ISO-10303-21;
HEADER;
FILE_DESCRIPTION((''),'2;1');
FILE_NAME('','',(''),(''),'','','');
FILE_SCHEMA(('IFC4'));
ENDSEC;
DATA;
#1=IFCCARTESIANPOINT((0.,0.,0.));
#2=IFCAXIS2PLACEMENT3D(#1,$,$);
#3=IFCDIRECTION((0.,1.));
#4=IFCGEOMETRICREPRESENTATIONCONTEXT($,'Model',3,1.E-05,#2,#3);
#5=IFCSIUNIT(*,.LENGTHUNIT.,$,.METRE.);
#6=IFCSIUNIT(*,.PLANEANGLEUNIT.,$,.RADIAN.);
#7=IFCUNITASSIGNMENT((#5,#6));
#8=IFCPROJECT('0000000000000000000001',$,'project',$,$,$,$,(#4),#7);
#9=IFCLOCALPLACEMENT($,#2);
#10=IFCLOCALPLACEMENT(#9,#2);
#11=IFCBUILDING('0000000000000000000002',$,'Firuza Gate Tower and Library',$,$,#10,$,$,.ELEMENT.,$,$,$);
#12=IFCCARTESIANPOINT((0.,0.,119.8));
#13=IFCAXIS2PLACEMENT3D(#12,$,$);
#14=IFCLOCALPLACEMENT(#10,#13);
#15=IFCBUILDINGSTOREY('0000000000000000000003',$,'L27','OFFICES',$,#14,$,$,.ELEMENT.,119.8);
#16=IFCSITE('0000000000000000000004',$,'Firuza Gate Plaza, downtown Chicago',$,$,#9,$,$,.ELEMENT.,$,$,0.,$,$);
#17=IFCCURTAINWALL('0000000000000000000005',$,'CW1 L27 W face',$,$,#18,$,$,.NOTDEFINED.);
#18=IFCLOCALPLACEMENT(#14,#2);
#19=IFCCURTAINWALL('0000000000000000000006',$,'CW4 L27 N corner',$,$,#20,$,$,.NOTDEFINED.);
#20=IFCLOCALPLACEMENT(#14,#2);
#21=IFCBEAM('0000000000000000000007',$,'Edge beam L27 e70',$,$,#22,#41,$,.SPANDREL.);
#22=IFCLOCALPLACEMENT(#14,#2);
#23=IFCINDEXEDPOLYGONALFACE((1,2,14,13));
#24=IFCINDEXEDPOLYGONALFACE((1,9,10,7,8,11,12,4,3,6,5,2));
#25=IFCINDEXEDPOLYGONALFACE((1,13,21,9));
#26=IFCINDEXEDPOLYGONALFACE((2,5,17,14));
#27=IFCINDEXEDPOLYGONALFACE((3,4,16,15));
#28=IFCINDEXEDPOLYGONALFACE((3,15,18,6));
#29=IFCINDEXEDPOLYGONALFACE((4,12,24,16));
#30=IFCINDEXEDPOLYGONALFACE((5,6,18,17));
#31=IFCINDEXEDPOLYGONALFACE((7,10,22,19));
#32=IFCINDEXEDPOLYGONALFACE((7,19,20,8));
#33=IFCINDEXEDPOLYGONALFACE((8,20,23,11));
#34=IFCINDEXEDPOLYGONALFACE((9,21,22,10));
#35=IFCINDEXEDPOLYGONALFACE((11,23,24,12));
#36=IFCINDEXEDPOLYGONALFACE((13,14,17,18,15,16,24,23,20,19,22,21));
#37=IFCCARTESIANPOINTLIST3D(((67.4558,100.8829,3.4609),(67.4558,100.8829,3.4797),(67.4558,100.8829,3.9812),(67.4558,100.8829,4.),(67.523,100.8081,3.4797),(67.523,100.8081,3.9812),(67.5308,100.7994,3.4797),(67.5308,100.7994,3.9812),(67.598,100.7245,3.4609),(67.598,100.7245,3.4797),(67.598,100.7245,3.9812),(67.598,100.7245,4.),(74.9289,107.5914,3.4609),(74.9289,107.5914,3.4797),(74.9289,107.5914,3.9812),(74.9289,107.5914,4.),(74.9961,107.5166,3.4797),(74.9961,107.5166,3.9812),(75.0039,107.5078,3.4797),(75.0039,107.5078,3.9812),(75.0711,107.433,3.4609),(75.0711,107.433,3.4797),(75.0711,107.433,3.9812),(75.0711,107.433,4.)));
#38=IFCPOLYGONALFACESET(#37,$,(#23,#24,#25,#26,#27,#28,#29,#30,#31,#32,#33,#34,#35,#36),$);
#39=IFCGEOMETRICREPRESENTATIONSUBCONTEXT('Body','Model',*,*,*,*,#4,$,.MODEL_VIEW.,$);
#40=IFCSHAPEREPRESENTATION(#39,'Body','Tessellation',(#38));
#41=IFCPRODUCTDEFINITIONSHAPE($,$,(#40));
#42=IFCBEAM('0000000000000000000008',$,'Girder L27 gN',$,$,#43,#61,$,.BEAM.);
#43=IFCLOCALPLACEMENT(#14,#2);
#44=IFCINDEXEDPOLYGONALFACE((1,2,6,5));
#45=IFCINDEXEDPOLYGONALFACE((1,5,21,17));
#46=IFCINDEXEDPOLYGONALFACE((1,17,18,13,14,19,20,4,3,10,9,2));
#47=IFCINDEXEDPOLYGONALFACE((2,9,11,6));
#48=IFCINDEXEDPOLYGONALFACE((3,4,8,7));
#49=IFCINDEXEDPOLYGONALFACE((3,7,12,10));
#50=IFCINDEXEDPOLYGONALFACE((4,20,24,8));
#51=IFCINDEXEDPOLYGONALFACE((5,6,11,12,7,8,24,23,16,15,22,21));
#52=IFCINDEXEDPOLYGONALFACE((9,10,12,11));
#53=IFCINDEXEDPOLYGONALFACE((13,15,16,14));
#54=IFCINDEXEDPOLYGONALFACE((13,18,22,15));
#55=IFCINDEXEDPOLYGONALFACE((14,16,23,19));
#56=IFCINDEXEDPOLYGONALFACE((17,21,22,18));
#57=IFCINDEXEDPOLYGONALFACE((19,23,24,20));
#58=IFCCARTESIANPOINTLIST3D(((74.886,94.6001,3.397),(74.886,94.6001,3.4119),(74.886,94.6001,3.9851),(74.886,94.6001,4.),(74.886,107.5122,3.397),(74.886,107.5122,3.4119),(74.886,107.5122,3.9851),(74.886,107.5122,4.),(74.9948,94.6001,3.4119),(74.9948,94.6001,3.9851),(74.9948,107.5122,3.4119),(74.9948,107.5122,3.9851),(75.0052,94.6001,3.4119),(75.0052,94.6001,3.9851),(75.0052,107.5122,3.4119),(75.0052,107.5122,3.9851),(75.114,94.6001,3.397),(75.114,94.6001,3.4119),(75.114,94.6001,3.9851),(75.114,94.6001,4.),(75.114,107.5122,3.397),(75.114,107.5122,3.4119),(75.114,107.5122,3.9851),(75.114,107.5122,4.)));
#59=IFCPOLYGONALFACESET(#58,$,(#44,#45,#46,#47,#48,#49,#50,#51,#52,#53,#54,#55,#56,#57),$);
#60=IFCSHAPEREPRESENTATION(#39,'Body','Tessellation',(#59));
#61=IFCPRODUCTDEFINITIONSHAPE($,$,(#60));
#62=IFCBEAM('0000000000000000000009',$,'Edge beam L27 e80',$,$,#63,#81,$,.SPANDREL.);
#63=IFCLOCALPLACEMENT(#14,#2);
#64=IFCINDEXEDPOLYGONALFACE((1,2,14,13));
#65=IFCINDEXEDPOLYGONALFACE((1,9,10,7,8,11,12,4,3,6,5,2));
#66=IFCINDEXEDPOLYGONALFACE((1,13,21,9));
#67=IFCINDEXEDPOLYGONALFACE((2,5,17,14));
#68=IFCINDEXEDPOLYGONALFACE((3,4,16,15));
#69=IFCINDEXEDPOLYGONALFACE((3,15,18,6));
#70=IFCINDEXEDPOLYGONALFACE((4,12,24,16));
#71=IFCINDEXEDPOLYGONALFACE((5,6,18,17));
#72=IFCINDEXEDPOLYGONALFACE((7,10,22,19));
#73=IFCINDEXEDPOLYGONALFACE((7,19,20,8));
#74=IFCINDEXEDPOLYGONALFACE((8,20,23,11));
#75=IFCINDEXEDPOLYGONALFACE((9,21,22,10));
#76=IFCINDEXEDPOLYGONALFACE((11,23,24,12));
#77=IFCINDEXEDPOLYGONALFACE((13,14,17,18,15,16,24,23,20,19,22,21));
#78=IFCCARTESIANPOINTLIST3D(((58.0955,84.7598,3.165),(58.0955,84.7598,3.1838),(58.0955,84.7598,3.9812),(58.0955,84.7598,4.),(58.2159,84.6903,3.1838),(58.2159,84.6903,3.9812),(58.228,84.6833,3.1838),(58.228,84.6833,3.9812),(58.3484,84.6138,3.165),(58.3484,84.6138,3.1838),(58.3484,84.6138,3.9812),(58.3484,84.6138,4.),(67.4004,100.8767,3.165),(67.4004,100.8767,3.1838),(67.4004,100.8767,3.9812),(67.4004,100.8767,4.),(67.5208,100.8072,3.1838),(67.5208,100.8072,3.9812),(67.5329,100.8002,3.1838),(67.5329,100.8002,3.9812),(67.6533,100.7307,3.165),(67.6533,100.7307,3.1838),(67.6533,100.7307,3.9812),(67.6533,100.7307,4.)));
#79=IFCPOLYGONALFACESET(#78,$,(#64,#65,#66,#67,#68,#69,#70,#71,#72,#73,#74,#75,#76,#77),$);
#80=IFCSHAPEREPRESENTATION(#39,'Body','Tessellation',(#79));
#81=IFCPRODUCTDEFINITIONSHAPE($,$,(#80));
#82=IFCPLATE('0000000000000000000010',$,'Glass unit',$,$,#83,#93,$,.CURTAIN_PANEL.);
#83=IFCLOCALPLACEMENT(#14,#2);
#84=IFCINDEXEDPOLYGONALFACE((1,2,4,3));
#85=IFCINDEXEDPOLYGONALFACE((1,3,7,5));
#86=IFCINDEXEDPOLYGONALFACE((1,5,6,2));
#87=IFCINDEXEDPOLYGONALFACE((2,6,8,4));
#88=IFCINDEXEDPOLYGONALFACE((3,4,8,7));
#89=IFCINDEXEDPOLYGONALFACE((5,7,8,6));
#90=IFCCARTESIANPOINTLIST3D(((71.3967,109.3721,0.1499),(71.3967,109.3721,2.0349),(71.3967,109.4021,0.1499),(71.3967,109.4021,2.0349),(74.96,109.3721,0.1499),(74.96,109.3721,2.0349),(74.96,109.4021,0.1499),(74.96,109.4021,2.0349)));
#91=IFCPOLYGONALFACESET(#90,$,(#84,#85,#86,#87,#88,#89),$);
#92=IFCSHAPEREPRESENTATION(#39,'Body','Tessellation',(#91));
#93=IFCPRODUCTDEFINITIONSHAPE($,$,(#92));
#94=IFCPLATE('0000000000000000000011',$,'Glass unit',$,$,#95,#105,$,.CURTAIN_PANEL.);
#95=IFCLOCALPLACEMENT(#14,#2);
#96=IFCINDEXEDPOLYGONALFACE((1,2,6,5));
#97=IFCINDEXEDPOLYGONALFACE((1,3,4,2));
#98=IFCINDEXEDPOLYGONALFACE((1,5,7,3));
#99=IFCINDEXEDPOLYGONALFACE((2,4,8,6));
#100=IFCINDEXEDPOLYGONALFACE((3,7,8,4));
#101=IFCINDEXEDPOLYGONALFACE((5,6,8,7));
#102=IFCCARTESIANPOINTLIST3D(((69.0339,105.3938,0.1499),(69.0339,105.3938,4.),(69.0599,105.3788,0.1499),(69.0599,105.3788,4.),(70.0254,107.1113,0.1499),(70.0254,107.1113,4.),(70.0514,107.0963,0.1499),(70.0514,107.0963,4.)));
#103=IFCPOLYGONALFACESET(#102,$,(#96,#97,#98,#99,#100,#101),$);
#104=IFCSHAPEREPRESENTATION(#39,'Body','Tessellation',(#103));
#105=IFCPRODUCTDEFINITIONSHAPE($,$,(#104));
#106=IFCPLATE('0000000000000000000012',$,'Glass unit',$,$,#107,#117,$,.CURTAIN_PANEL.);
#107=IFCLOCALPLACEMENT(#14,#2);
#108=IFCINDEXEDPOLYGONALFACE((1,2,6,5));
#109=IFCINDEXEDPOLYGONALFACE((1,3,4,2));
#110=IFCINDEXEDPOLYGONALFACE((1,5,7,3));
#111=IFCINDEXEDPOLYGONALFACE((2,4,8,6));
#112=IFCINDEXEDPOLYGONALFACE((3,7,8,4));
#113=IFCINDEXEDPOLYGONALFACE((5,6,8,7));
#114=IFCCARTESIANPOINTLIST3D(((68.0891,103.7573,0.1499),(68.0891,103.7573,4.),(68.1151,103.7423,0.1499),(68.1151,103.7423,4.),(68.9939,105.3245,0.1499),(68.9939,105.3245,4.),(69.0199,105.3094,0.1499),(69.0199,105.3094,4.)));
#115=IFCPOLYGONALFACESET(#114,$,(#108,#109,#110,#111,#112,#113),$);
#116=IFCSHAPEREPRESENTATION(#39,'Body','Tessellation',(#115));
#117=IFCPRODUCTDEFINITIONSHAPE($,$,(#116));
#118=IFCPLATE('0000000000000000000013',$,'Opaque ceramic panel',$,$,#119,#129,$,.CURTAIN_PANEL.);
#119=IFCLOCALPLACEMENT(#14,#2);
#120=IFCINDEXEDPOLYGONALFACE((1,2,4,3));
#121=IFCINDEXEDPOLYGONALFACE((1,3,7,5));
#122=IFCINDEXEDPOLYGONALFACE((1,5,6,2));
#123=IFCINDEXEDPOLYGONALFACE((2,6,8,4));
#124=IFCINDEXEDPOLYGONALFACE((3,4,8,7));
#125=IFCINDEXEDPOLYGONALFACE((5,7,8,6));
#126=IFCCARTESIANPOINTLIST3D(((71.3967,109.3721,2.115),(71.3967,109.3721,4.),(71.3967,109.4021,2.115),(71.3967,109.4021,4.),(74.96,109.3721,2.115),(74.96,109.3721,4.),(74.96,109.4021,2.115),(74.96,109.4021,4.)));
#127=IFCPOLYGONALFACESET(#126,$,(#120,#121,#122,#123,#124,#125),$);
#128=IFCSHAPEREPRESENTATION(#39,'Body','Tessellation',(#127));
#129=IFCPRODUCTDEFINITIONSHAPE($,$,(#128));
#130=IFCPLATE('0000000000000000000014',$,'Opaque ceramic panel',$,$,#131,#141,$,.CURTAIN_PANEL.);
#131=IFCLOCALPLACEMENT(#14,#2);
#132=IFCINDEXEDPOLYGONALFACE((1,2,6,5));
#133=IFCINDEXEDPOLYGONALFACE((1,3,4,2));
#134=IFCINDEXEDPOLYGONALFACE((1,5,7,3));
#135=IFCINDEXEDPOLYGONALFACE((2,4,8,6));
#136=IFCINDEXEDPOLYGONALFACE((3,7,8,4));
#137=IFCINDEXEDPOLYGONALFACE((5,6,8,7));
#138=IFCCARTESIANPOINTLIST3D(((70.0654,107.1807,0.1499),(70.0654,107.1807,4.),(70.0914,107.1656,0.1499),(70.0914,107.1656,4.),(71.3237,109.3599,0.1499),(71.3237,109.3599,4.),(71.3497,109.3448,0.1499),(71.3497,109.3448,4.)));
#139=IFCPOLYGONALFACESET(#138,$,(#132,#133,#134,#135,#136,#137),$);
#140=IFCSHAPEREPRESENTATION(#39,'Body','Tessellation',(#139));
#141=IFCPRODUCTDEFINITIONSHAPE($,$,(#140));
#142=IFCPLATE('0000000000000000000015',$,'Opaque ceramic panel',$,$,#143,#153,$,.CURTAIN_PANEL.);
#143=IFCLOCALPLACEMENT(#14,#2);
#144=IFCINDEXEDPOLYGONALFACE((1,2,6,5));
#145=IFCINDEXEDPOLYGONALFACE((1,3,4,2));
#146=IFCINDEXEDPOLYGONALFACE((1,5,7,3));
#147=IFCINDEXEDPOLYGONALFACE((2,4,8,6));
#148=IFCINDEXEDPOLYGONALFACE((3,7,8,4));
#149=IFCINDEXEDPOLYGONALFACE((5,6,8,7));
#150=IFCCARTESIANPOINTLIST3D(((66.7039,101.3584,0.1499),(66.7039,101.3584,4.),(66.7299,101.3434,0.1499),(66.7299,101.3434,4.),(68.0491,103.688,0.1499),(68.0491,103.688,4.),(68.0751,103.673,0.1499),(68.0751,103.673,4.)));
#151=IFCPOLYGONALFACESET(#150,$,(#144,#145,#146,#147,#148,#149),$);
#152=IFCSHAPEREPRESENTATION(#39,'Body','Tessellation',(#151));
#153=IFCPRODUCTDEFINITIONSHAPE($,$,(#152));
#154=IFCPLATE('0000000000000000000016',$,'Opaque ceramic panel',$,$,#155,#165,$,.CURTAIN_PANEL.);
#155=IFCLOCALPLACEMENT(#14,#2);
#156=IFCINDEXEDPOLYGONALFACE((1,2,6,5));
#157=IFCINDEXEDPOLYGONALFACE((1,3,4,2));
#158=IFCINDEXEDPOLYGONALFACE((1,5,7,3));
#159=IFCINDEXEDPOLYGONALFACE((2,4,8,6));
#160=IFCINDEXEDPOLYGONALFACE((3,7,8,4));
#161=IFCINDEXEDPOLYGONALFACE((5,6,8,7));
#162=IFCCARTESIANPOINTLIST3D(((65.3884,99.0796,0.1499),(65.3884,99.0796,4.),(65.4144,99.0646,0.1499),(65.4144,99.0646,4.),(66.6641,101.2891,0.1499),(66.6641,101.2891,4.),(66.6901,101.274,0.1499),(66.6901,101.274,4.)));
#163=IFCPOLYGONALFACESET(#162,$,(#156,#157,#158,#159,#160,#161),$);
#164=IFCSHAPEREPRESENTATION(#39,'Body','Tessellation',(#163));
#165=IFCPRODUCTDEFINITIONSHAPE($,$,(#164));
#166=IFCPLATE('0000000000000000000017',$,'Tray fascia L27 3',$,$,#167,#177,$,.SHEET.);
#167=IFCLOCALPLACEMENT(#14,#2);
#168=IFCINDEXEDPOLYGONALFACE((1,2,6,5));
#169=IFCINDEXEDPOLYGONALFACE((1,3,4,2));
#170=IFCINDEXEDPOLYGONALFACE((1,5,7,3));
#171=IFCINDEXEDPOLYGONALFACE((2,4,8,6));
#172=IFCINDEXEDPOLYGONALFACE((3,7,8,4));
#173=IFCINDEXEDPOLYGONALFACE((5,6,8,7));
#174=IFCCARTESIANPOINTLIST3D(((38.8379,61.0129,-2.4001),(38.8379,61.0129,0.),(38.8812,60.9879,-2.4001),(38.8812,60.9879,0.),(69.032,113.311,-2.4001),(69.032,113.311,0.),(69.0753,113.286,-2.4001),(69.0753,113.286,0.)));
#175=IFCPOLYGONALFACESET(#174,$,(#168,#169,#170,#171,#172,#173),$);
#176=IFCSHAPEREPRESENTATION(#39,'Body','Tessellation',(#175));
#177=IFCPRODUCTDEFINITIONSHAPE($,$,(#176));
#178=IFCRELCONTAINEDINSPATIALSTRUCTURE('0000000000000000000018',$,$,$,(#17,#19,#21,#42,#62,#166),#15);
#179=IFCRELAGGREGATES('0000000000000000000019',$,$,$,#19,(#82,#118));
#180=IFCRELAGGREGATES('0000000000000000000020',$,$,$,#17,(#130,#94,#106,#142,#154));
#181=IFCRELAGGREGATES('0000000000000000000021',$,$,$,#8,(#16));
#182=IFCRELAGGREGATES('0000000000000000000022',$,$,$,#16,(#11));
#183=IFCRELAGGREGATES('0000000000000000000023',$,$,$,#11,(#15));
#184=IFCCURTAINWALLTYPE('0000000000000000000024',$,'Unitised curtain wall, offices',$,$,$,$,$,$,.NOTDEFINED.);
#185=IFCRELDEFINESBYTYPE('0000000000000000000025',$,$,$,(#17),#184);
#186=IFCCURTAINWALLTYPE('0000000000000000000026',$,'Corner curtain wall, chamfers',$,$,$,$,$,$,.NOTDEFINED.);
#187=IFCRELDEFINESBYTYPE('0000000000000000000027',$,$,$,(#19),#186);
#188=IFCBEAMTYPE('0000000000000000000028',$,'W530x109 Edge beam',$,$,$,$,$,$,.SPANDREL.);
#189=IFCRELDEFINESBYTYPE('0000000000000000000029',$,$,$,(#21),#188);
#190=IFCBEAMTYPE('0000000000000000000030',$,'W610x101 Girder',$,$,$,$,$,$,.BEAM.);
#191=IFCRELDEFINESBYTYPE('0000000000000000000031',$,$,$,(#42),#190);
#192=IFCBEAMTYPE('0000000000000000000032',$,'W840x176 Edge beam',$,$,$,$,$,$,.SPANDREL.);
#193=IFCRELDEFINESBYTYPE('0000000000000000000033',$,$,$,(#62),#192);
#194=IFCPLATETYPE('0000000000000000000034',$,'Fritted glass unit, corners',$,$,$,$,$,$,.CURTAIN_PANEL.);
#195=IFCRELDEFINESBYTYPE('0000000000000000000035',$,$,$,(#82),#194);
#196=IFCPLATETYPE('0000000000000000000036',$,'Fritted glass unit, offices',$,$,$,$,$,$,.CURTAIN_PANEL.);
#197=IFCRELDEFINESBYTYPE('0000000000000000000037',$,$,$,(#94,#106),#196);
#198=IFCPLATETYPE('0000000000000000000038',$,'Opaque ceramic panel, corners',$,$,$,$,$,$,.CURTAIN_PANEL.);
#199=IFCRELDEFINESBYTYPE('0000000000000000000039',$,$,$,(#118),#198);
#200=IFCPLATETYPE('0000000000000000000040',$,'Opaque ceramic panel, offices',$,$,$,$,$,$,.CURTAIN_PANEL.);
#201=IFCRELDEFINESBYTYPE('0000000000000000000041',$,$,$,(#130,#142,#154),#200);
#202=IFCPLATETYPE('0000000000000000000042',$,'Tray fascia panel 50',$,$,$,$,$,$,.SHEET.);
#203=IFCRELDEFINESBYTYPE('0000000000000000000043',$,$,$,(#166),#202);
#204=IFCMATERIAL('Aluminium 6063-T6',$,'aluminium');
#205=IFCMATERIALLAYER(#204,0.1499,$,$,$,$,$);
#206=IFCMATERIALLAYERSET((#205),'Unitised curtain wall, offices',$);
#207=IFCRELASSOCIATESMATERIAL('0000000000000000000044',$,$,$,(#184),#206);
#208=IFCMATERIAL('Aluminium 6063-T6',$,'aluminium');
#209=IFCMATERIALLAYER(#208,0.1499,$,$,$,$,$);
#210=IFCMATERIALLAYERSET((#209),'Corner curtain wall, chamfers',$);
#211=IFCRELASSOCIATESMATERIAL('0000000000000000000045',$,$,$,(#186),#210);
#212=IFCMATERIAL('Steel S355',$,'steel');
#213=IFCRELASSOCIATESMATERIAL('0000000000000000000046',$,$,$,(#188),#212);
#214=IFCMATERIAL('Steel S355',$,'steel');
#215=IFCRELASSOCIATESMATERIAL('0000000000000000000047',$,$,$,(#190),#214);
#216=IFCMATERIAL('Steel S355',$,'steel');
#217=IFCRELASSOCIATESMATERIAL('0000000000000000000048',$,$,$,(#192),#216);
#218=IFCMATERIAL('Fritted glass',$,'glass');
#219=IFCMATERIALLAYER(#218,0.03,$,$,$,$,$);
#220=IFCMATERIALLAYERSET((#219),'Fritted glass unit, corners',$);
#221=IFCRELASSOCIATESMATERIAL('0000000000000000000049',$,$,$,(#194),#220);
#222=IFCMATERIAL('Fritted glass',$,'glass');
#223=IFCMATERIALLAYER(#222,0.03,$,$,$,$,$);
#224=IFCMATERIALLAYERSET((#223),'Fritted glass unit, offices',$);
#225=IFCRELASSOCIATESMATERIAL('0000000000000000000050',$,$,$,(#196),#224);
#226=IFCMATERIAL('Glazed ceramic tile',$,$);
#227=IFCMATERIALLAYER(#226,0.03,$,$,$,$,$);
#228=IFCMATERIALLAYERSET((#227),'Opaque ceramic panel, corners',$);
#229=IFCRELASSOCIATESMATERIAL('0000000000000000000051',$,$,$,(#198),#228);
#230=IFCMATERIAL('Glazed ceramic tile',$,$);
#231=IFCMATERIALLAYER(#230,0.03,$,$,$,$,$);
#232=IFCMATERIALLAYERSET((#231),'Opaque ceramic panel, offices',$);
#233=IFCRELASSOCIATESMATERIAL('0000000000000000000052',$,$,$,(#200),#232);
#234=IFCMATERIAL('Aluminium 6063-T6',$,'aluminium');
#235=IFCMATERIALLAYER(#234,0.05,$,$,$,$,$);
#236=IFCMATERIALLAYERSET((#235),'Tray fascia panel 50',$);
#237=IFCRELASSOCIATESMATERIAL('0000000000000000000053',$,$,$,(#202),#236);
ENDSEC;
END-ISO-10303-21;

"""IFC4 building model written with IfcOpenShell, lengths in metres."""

from ifc_helpers import new_model, si_unit, direction, frame, origin, origin_2d, place, context, subcontext, project, spatial, polyline, i_section, outline, extrude, material, layer, layer_set, material_profile, profile_set, type_object, element, aggregate, save


model = new_model("IFC4")

# Units and contexts
model_context = context("Model", 3, precision=1e-05, world=origin(), true_north=direction((0.0, 1.0)))
body_context = subcontext(model_context, "Body", "Model", "MODEL_VIEW")
ifc_project = project(units=[si_unit("LENGTHUNIT", "METRE"), si_unit("PLANEANGLEUNIT", "RADIAN")], contexts=[model_context])

# Site, building, storey
site_placement = place(None, origin())
site = spatial("IfcSite", under=ifc_project, at=site_placement, Name="Firuza Gate Plaza, downtown Chicago", CompositionType="ELEMENT", RefElevation=0.0)
building_placement = place(site_placement, origin())
building = spatial("IfcBuilding", under=site, at=building_placement, Name="Firuza Gate Tower and Library", CompositionType="ELEMENT")
storey_placement = place(building_placement, frame((0.0, 0.0, 119.8)))
storey = spatial("IfcBuildingStorey", under=building, at=storey_placement, Name="L27", Description="OFFICES", CompositionType="ELEMENT", Elevation=119.8)

# Curtain wall
ifc_material_1 = material(Name="Aluminium 6063-T6", Category="aluminium")
ifc_layer_1 = layer(ifc_material_1, 0.1499)
ifc_layer_set_1 = layer_set([ifc_layer_1], Name="Unitised curtain wall, offices")
curtain_wall_type_1 = type_object("IfcCurtainWallType", Name="Unitised curtain wall, offices", PredefinedType="NOTDEFINED", material=ifc_layer_set_1)
placement = place(storey_placement, origin())
curtain_wall_1 = element("IfcCurtainWall", 1, at=placement, inside=storey, type_object=curtain_wall_type_1, Name="CW1 L27 W face", PredefinedType="NOTDEFINED")

# Curtain wall
ifc_material_2 = material(Name="Aluminium 6063-T6", Category="aluminium")
ifc_layer_2 = layer(ifc_material_2, 0.1499)
ifc_layer_set_2 = layer_set([ifc_layer_2], Name="Corner curtain wall, chamfers")
curtain_wall_type_2 = type_object("IfcCurtainWallType", Name="Corner curtain wall, chamfers", PredefinedType="NOTDEFINED", material=ifc_layer_set_2)
curtain_wall_2 = element("IfcCurtainWall", 2, at=placement, inside=storey, type_object=curtain_wall_type_2, Name="CW4 L27 N corner", PredefinedType="NOTDEFINED")

# Beams
ifc_material_3 = material(Name="Steel S355", Category="steel")
ifc_material_profile_1 = material_profile(ifc_material_3, i_section(OverallWidth=0.2129, OverallDepth=0.5391, WebThickness=0.0117, FlangeThickness=0.0188, at=origin_2d()))
ifc_profile_set_1 = profile_set([ifc_material_profile_1], Name="Steel S355")
beam_type_1 = type_object("IfcBeamType", Name="W530x109 Edge beam", PredefinedType="SPANDREL", material=ifc_profile_set_1)
beam_1_placement = place(storey_placement, frame((75.0, 107.5122, 3.7305), z_axis=(-0.744152, -0.668011, 0.0), x_axis=(0.668011, -0.744152, 0.0)))
element("IfcBeam", 3, at=beam_1_placement, inside=storey, type_object=beam_type_1, Name="Edge beam L27 e70", PredefinedType="SPANDREL", context=body_context, shape_type="SweptSolid", body=[
    extrude(i_section(OverallWidth=0.2129, OverallDepth=0.5391, WebThickness=0.0117, FlangeThickness=0.0188, at=origin_2d()), origin(), (0.0, 0.0, 1.0), 10.0425),
])
ifc_material_4 = material(Name="Steel S355", Category="steel")
ifc_material_profile_2 = material_profile(ifc_material_4, i_section(OverallWidth=0.228, OverallDepth=0.603, WebThickness=0.0105, FlangeThickness=0.0149, at=origin_2d()))
ifc_profile_set_2 = profile_set([ifc_material_profile_2], Name="Steel S355")
beam_type_2 = type_object("IfcBeamType", Name="W610x101 Girder", PredefinedType="BEAM", material=ifc_profile_set_2)
beam_2_placement = place(storey_placement, frame((75.0, 107.5122, 3.6985), z_axis=(0.0, -1.0, 0.0), x_axis=(1.0, 0.0, 0.0)))
element("IfcBeam", 4, at=beam_2_placement, inside=storey, type_object=beam_type_2, Name="Girder L27 gN", PredefinedType="BEAM", context=body_context, shape_type="SweptSolid", body=[
    extrude(i_section(OverallWidth=0.228, OverallDepth=0.603, WebThickness=0.0105, FlangeThickness=0.0149, at=origin_2d()), origin(), (0.0, 0.0, 1.0), 12.9121),
])
ifc_material_5 = material(Name="Steel S355", Category="steel")
ifc_material_profile_3 = material_profile(ifc_material_5, i_section(OverallWidth=0.292, OverallDepth=0.835, WebThickness=0.0139, FlangeThickness=0.0188, at=origin_2d()))
ifc_profile_set_3 = profile_set([ifc_material_profile_3], Name="Steel S355")
beam_type_3 = type_object("IfcBeamType", Name="W840x176 Edge beam", PredefinedType="SPANDREL", material=ifc_profile_set_3)
beam_3_placement = place(storey_placement, frame((67.5269, 100.8037, 3.5825), z_axis=(-0.499992, -0.86603, 0.0), x_axis=(0.86603, -0.499992, 0.0)))
element("IfcBeam", 5, at=beam_3_placement, inside=storey, type_object=beam_type_3, Name="Edge beam L27 e80", PredefinedType="SPANDREL", context=body_context, shape_type="SweptSolid", body=[
    extrude(i_section(OverallWidth=0.292, OverallDepth=0.835, WebThickness=0.0139, FlangeThickness=0.0188, at=origin_2d()), origin(), (0.0, 0.0, 1.0), 18.6101),
])

# Plates
ifc_material_6 = material(Name="Fritted glass", Category="glass")
ifc_layer_3 = layer(ifc_material_6, 0.03)
ifc_layer_set_3 = layer_set([ifc_layer_3], Name="Fritted glass unit, corners")
plate_type_1 = type_object("IfcPlateType", Name="Fritted glass unit, corners", PredefinedType="CURTAIN_PANEL", material=ifc_layer_set_3)
plate_1_placement = place(storey_placement, frame((74.96, 109.4021, 0.1499), z_axis=(0.0, 1.0, 0.0), x_axis=(-1.0, 0.0, 0.0)))
plate_1 = element("IfcPlate", 6, at=plate_1_placement, type_object=plate_type_1, Name="Glass unit", PredefinedType="CURTAIN_PANEL", context=body_context, shape_type="SweptSolid", body=[
    extrude(outline(polyline([(0.0, 0.0), (3.5632, 0.0), (3.5632, 1.885), (0.0, 1.885), (0.0, 0.0)])), origin(), (0.0, 0.0, -1.0), 0.03),
])
ifc_material_7 = material(Name="Fritted glass", Category="glass")
ifc_layer_4 = layer(ifc_material_7, 0.03)
ifc_layer_set_4 = layer_set([ifc_layer_4], Name="Fritted glass unit, offices")
plate_type_2 = type_object("IfcPlateType", Name="Fritted glass unit, offices", PredefinedType="CURTAIN_PANEL", material=ifc_layer_set_4)
plate_2_placement = place(storey_placement, frame((70.0254, 107.1113, 0.1499), z_axis=(-0.866061, 0.499939, 0.0), x_axis=(-0.499939, -0.866061, 0.0)))
plate_2 = element("IfcPlate", 7, at=plate_2_placement, type_object=plate_type_2, Name="Glass unit", PredefinedType="CURTAIN_PANEL", context=body_context, shape_type="SweptSolid", body=[
    extrude(outline(polyline([(0.0, 0.0), (1.9832, 0.0), (1.9832, 3.8501), (0.0, 3.8501), (0.0, 0.0)])), origin(), (0.0, 0.0, -1.0), 0.03),
])
plate_3_placement = place(storey_placement, frame((68.9939, 105.3245, 0.1499), z_axis=(-0.866026, 0.499999, 0.0), x_axis=(-0.499999, -0.866026, 0.0)))
plate_3 = element("IfcPlate", 8, at=plate_3_placement, type_object=plate_type_2, Name="Glass unit", PredefinedType="CURTAIN_PANEL", context=body_context, shape_type="SweptSolid", body=[
    extrude(outline(polyline([(0.0, 0.0), (1.8096, 0.0), (1.8096, 3.8501), (0.0, 3.8501), (0.0, 0.0)])), origin(), (0.0, 0.0, -1.0), 0.03),
])
ifc_material_8 = material(Name="Glazed ceramic tile")
ifc_layer_5 = layer(ifc_material_8, 0.03)
ifc_layer_set_5 = layer_set([ifc_layer_5], Name="Opaque ceramic panel, corners")
plate_type_3 = type_object("IfcPlateType", Name="Opaque ceramic panel, corners", PredefinedType="CURTAIN_PANEL", material=ifc_layer_set_5)
plate_4_placement = place(storey_placement, frame((74.96, 109.4021, 2.115), z_axis=(0.0, 1.0, 0.0), x_axis=(-1.0, 0.0, 0.0)))
plate_4 = element("IfcPlate", 9, at=plate_4_placement, type_object=plate_type_3, Name="Opaque ceramic panel", PredefinedType="CURTAIN_PANEL", context=body_context, shape_type="SweptSolid", body=[
    extrude(outline(polyline([(0.0, 0.0), (3.5632, 0.0), (3.5632, 1.885), (0.0, 1.885), (0.0, 0.0)])), origin(), (0.0, 0.0, -1.0), 0.03),
])
aggregate(curtain_wall_2, [plate_1, plate_4])
ifc_material_9 = material(Name="Glazed ceramic tile")
ifc_layer_6 = layer(ifc_material_9, 0.03)
ifc_layer_set_6 = layer_set([ifc_layer_6], Name="Opaque ceramic panel, offices")
plate_type_4 = type_object("IfcPlateType", Name="Opaque ceramic panel, offices", PredefinedType="CURTAIN_PANEL", material=ifc_layer_set_6)
plate_5_placement = place(storey_placement, frame((71.3237, 109.3599, 0.1499), z_axis=(-0.866001, 0.500042, 0.0), x_axis=(-0.500042, -0.866001, 0.0)))
plate_5 = element("IfcPlate", 10, at=plate_5_placement, type_object=plate_type_4, Name="Opaque ceramic panel", PredefinedType="CURTAIN_PANEL", context=body_context, shape_type="SweptSolid", body=[
    extrude(outline(polyline([(0.0, 0.0), (2.5164, 0.0), (2.5164, 3.8501), (0.0, 3.8501), (0.0, 0.0)])), origin(), (0.0, 0.0, -1.0), 0.03),
])
plate_6_placement = place(storey_placement, frame((68.0491, 103.688, 0.1499), z_axis=(-0.865989, 0.500063, 0.0), x_axis=(-0.500063, -0.865989, 0.0)))
plate_6 = element("IfcPlate", 11, at=plate_6_placement, type_object=plate_type_4, Name="Opaque ceramic panel", PredefinedType="CURTAIN_PANEL", context=body_context, shape_type="SweptSolid", body=[
    extrude(outline(polyline([(0.0, 0.0), (2.6901, 0.0), (2.6901, 3.8501), (0.0, 3.8501), (0.0, 0.0)])), origin(), (0.0, 0.0, -1.0), 0.03),
])
plate_7_placement = place(storey_placement, frame((66.6641, 101.2891, 0.1499), z_axis=(-0.866026, 0.499999, 0.0), x_axis=(-0.499999, -0.866026, 0.0)))
plate_7 = element("IfcPlate", 12, at=plate_7_placement, type_object=plate_type_4, Name="Opaque ceramic panel", PredefinedType="CURTAIN_PANEL", context=body_context, shape_type="SweptSolid", body=[
    extrude(outline(polyline([(0.0, 0.0), (2.5513, 0.0), (2.5513, 3.8501), (0.0, 3.8501), (0.0, 0.0)])), origin(), (0.0, 0.0, -1.0), 0.03),
])
aggregate(curtain_wall_1, [plate_5, plate_2, plate_3, plate_6, plate_7])
ifc_material_10 = material(Name="Aluminium 6063-T6", Category="aluminium")
ifc_layer_7 = layer(ifc_material_10, 0.05)
ifc_layer_set_7 = layer_set([ifc_layer_7], Name="Tray fascia panel 50")
plate_type_5 = type_object("IfcPlateType", Name="Tray fascia panel 50", PredefinedType="SHEET", material=ifc_layer_set_7)
plate_8_placement = place(storey_placement, frame((69.032, 113.311, -2.4001), z_axis=(-0.866027, 0.499997, 0.0), x_axis=(-0.499997, -0.866027, 0.0)))
element("IfcPlate", 13, at=plate_8_placement, inside=storey, type_object=plate_type_5, Name="Tray fascia L27 3", PredefinedType="SHEET", context=body_context, shape_type="SweptSolid", body=[
    extrude(outline(polyline([(0.0, 0.0), (60.3885, 0.0), (60.3885, 2.4001), (0.0, 2.4001), (0.0, 0.0)])), origin(), (0.0, 0.0, -1.0), 0.05),
])

save(model, "model.ifc")
